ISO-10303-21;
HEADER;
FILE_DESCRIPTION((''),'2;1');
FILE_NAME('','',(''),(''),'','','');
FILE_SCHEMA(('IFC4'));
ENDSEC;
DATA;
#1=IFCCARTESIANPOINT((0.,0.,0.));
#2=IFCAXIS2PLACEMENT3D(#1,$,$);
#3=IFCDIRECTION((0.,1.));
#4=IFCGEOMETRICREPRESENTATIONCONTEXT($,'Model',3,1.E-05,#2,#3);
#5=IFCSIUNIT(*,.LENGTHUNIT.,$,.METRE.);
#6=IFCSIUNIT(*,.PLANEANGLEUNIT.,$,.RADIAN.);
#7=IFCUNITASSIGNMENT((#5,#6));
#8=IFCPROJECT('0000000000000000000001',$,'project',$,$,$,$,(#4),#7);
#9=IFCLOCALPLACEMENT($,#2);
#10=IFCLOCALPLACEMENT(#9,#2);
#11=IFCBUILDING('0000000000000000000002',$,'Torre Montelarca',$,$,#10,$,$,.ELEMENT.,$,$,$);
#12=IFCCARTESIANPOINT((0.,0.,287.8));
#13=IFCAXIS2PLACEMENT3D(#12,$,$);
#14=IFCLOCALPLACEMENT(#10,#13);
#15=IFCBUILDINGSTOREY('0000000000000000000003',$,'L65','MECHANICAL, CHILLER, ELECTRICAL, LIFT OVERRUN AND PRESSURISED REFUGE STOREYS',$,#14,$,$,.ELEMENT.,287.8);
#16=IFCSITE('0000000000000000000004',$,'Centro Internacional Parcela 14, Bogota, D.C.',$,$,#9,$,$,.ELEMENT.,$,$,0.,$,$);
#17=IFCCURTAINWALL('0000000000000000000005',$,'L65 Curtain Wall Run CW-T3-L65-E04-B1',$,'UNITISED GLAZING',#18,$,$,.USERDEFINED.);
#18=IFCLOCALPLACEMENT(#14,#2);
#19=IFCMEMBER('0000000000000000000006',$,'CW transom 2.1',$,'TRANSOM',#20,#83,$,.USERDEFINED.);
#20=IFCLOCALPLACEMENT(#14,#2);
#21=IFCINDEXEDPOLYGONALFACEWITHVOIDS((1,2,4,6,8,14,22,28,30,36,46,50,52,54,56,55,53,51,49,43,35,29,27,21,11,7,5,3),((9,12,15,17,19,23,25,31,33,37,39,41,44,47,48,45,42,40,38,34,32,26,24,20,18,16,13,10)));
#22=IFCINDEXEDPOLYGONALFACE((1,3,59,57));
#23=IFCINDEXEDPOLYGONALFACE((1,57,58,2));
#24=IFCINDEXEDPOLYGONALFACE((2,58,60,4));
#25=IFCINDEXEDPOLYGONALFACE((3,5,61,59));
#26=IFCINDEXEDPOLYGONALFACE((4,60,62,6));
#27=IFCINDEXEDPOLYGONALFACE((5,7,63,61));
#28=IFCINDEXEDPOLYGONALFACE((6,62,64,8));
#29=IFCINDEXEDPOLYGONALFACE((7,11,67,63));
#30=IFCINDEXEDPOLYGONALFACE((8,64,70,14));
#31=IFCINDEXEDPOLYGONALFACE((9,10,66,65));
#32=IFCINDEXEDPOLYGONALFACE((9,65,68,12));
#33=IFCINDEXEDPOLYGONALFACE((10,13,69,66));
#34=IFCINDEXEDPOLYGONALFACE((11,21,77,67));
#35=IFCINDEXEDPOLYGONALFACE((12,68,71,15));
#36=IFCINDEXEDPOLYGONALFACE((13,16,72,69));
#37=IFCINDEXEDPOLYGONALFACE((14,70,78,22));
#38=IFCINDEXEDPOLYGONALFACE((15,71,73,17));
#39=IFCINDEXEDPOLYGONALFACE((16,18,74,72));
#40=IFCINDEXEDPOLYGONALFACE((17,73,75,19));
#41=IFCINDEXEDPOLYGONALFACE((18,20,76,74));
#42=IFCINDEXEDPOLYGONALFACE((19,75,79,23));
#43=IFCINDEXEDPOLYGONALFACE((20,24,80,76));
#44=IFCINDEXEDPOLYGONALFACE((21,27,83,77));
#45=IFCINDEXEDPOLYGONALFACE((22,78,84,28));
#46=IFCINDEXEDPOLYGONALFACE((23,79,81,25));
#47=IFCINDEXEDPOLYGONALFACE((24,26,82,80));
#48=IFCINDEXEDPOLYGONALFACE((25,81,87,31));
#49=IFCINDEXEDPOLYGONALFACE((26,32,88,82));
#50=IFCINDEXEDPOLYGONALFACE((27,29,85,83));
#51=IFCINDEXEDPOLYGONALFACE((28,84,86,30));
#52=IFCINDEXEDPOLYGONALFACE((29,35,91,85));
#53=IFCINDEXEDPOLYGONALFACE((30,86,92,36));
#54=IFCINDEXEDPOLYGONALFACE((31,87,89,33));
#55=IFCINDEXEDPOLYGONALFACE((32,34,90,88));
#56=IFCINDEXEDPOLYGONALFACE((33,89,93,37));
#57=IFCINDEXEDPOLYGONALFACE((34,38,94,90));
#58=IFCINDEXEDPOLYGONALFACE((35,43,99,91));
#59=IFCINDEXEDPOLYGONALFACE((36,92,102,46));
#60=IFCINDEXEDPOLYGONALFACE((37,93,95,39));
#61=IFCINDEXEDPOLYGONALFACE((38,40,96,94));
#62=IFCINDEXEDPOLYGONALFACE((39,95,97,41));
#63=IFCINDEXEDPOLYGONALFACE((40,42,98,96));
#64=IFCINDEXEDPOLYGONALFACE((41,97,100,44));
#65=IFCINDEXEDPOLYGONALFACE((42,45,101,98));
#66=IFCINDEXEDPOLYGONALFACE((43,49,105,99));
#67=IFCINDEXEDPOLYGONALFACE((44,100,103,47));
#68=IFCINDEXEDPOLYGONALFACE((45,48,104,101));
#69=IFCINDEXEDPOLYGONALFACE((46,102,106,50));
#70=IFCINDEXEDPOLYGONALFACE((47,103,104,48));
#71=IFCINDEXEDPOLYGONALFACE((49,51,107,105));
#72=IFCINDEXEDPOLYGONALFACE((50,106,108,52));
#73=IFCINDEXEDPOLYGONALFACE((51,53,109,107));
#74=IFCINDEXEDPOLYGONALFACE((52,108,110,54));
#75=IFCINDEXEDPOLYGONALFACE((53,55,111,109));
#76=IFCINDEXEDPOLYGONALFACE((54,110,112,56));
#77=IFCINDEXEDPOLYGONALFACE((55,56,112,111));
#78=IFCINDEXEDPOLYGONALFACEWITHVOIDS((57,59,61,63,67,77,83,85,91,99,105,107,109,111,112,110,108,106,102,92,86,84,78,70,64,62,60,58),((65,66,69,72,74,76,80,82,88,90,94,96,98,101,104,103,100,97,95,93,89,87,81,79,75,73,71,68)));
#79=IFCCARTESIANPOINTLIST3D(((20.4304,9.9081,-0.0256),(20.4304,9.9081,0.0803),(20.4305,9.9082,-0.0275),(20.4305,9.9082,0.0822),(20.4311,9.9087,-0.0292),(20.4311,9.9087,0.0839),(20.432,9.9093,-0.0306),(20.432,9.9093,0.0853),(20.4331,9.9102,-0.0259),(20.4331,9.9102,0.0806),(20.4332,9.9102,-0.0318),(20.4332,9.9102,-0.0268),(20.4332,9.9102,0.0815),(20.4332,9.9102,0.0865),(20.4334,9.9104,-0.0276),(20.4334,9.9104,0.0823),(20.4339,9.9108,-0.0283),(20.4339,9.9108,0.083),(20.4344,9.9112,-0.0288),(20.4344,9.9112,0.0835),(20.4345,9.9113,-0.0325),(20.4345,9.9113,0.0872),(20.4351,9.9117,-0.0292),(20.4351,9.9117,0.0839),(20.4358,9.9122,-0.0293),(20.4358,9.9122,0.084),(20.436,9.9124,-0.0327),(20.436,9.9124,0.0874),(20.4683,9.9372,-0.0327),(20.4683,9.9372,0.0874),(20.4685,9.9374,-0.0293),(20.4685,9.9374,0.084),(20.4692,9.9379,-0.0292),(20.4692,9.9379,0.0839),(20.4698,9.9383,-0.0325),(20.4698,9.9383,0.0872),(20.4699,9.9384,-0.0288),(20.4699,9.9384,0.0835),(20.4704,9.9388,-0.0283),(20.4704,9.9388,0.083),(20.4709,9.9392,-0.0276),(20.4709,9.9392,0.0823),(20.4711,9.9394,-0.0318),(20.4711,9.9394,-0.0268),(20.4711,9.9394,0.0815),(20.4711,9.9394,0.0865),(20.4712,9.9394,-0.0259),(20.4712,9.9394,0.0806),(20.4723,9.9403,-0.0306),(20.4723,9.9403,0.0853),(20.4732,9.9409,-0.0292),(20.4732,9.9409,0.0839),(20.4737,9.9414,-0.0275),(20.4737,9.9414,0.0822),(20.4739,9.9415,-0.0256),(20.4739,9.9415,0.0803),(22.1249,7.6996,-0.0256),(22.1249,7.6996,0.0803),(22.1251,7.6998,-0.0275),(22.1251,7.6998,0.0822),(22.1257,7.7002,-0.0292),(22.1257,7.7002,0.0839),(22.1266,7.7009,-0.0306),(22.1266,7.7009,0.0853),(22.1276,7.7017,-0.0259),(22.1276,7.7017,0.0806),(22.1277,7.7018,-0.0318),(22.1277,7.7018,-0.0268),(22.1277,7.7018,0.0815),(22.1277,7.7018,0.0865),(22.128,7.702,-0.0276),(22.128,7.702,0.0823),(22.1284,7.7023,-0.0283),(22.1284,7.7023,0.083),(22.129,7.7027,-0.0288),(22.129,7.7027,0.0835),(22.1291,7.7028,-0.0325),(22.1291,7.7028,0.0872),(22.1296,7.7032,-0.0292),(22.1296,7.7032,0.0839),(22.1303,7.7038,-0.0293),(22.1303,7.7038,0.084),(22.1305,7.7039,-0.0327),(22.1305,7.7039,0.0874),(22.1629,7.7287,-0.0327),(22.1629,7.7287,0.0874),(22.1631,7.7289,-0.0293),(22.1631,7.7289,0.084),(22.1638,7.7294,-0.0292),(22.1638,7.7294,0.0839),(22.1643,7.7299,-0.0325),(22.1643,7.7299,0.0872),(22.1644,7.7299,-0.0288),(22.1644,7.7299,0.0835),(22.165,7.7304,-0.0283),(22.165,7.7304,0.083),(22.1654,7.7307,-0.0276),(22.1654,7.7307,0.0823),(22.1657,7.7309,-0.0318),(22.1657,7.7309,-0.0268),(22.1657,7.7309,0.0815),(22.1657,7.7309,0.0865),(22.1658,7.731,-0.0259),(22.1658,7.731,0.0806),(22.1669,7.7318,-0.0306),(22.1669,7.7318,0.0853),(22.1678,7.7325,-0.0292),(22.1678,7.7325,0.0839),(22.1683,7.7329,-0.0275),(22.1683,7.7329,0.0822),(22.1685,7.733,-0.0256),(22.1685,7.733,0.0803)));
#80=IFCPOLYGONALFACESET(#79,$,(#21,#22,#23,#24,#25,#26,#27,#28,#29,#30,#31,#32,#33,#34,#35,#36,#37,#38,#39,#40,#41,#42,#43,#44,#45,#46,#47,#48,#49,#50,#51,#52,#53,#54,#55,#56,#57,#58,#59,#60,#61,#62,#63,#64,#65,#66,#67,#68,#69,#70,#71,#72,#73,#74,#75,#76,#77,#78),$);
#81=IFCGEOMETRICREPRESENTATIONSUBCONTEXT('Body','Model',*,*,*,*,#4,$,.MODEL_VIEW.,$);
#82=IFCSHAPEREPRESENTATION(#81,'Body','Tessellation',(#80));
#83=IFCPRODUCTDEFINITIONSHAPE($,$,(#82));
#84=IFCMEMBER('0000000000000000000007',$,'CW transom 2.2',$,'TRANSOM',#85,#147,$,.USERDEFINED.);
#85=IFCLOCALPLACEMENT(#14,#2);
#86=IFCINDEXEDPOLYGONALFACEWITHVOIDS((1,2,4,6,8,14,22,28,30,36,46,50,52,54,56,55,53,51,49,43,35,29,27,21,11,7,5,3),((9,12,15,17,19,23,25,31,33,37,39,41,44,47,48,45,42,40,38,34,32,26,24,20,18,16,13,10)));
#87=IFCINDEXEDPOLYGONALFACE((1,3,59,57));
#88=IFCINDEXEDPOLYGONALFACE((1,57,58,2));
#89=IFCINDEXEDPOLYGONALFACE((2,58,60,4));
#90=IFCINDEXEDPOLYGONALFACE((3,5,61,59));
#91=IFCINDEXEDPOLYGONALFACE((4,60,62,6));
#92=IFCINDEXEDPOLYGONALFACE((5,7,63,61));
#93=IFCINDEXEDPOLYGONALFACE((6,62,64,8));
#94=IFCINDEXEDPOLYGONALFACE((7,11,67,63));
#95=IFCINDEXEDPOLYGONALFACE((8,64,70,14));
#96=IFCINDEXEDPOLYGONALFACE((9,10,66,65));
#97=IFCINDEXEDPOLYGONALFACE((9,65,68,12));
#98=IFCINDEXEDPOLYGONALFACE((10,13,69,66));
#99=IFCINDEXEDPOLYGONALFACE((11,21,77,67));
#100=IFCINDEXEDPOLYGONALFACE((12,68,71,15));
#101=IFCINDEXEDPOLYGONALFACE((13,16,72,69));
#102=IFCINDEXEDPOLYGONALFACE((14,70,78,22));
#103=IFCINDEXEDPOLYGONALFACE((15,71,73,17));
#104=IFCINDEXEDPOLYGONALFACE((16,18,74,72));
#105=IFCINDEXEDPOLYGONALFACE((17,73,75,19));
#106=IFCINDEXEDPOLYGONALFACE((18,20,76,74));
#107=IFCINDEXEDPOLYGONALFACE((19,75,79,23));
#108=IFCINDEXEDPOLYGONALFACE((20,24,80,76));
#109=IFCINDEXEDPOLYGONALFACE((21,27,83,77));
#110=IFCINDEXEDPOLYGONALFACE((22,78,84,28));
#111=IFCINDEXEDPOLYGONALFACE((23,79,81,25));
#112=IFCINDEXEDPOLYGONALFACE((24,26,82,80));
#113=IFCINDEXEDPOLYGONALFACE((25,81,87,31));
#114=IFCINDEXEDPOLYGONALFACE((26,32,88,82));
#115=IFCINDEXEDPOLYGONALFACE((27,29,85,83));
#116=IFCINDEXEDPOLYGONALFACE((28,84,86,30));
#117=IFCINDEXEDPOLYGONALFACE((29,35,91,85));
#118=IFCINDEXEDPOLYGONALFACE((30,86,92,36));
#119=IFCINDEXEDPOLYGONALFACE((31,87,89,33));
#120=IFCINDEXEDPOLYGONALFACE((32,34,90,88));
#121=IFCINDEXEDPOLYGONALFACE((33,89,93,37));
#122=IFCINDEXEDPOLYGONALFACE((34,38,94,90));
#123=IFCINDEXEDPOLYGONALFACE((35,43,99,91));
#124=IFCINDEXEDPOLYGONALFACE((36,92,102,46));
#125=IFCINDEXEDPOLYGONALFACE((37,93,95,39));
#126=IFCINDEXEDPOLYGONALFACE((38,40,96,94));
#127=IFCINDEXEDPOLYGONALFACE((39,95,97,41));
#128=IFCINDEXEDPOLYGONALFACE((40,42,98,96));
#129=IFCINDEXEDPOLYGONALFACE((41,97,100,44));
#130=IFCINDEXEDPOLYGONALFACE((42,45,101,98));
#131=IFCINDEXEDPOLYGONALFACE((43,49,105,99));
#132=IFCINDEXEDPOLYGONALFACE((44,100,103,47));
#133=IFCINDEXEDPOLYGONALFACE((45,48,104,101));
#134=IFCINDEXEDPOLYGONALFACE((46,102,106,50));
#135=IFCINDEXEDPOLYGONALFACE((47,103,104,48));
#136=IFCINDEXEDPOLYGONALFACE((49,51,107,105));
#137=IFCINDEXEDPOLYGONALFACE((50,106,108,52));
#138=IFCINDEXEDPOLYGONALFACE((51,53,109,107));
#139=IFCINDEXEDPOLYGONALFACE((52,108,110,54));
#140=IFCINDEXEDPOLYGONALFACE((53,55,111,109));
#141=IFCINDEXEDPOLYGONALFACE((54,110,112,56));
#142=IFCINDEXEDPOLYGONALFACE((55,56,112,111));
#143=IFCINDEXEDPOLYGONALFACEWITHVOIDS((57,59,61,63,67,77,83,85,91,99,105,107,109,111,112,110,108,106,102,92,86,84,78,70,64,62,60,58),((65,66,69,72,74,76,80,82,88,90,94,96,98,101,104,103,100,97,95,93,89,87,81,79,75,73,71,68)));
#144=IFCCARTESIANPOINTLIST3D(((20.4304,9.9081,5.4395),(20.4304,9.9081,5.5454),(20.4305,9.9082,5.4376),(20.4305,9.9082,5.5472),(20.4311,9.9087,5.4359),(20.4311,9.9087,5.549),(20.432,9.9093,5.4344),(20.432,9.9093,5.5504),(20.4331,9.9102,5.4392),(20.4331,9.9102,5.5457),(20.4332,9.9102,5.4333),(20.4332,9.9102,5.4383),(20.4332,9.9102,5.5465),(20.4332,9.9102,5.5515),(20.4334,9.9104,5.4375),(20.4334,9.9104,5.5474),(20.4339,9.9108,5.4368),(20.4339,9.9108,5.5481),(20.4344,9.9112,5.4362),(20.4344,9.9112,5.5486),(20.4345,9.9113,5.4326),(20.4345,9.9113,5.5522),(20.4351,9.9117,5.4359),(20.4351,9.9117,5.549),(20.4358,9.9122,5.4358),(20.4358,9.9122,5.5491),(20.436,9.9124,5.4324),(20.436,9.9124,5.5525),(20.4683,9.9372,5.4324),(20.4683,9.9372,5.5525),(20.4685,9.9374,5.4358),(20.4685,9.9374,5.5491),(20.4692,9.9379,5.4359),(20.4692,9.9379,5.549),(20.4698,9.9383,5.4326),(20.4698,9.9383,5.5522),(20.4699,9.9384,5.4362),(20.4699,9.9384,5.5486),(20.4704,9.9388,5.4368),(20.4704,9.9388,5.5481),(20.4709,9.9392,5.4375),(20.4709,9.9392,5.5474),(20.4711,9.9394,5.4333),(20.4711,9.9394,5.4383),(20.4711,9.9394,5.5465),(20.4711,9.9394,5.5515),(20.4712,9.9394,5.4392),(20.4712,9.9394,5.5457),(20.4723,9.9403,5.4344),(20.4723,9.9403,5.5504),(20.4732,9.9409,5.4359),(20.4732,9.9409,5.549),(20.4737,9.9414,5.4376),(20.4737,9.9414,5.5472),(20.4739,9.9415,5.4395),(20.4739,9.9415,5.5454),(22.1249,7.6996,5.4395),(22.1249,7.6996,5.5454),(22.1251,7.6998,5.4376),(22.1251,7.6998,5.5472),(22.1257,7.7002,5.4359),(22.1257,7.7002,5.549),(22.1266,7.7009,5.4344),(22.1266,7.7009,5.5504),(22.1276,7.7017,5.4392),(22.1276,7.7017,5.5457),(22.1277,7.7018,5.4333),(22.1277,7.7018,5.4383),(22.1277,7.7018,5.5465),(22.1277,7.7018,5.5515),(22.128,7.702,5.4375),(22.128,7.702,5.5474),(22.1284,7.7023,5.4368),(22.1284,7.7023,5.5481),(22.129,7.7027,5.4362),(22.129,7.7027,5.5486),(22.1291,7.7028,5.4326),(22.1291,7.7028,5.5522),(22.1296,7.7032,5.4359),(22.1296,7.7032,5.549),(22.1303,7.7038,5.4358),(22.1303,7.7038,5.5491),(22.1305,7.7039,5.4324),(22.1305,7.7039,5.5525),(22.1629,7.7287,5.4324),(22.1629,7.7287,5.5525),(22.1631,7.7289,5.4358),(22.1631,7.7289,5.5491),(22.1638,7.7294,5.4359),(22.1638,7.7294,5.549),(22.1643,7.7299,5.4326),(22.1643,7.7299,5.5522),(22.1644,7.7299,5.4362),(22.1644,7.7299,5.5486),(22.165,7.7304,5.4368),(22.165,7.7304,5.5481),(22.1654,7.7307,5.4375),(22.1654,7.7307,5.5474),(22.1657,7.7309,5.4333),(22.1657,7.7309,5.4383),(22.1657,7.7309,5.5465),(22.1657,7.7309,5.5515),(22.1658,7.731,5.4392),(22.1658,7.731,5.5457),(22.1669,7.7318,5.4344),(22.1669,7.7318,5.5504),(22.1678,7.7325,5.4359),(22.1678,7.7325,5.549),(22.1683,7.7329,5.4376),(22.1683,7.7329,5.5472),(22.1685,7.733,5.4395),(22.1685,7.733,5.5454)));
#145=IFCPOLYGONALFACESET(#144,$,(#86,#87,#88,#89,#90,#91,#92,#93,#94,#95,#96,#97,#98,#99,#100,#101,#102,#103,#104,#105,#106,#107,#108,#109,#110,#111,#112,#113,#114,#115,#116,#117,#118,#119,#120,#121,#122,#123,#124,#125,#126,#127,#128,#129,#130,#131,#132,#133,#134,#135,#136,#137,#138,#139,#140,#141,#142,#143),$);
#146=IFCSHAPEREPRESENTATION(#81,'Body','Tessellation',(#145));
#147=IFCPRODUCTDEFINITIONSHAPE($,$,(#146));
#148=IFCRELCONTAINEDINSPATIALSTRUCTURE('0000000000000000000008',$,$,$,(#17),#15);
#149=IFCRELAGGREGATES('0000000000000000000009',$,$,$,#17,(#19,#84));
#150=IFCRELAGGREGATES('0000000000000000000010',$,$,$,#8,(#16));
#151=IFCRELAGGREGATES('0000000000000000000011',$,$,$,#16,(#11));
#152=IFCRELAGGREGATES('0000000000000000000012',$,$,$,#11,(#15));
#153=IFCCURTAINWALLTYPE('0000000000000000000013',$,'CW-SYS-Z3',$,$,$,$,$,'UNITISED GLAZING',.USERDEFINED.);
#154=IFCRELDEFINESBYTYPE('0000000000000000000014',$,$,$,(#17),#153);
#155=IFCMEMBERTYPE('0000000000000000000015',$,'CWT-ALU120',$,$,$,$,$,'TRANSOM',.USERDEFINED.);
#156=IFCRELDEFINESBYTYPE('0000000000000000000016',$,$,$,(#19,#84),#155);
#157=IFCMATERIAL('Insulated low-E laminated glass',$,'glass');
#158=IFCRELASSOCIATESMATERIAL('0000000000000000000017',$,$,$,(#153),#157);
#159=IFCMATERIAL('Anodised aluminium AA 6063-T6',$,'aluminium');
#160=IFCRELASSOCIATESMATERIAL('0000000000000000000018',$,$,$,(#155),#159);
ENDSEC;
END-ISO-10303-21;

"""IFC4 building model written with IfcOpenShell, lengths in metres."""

from ifc_helpers import new_model, si_unit, direction, frame, origin, origin_2d, place, context, subcontext, project, spatial, hollow_rectangle, extrude, source, transform, mapped, material, material_profile, profile_set, type_object, element, aggregate, save


model = new_model("IFC4")

# Units and contexts
model_context = context("Model", 3, precision=1e-05, world=origin(), true_north=direction((0.0, 1.0)))
body_context = subcontext(model_context, "Body", "Model", "MODEL_VIEW")
ifc_project = project(units=[si_unit("LENGTHUNIT", "METRE"), si_unit("PLANEANGLEUNIT", "RADIAN")], contexts=[model_context])

# Site, building, storey
site_placement = place(None, origin())
site = spatial("IfcSite", under=ifc_project, at=site_placement, Name="Centro Internacional Parcela 14, Bogota, D.C.", CompositionType="ELEMENT", RefElevation=0.0)
building_placement = place(site_placement, origin())
building = spatial("IfcBuilding", under=site, at=building_placement, Name="Torre Montelarca", CompositionType="ELEMENT")
storey_placement = place(building_placement, frame((0.0, 0.0, 287.8)))
storey = spatial("IfcBuildingStorey", under=building, at=storey_placement, Name="L65", Description="MECHANICAL, CHILLER, ELECTRICAL, LIFT OVERRUN AND PRESSURISED REFUGE STOREYS", CompositionType="ELEMENT", Elevation=287.8)

# Curtain wall, members
ifc_material_1 = material(Name="Insulated low-E laminated glass", Category="glass")
curtain_wall_type = type_object("IfcCurtainWallType", Name="CW-SYS-Z3", ElementType="UNITISED GLAZING", PredefinedType="USERDEFINED", material=ifc_material_1)
ifc_material_2 = material(Name="Anodised aluminium AA 6063-T6", Category="aluminium")
ifc_material_profile_1 = material_profile(ifc_material_2, hollow_rectangle(XDim=0.0549, YDim=0.1201, WallThickness=0.0034, InnerFilletRadius=0.0034, OuterFilletRadius=0.0071, at=origin_2d()), Name="ALU55X120X3.5", Category="aluminium")
ifc_profile_set_1 = profile_set([ifc_material_profile_1], Name="Anodised aluminium AA 6063-T6")
member_type_1 = type_object("IfcMemberType", Name="CWT-ALU120", ElementType="TRANSOM", PredefinedType="USERDEFINED", material=ifc_profile_set_1)
curtain_wall_1_placement = place(storey_placement, origin())
curtain_wall_1 = element("IfcCurtainWall", 1, at=curtain_wall_1_placement, inside=storey, type_object=curtain_wall_type, Name="L65 Curtain Wall Run CW-T3-L65-E04-B1", ObjectType="UNITISED GLAZING", PredefinedType="USERDEFINED")
shared_shape_1 = source(origin(), body_context, "Body", "SweptSolid", [
    extrude(hollow_rectangle(XDim=0.0549, YDim=0.1201, WallThickness=0.0034, InnerFilletRadius=0.0034, OuterFilletRadius=0.0071, at=origin_2d()), origin(), (0.0, 0.0, 1.0), 2.7837),
])
member_1_placement = place(storey_placement, frame((20.4521, 9.9248, 0.0273), z_axis=(0.608748, -0.793364, 0.0), x_axis=(0.793364, 0.608748, 0.0)))
member_1 = element("IfcMember", 2, at=member_1_placement, type_object=member_type_1, Name="CW transom 2.1", ObjectType="TRANSOM", PredefinedType="USERDEFINED", context=body_context, shape_type="MappedRepresentation", body=[
    mapped(shared_shape_1, transform((0.0, 0.0, 0.0), scale=1.0)),
])
member_2_placement = place(storey_placement, frame((20.4521, 9.9248, 5.4924), z_axis=(0.608748, -0.793364, 0.0), x_axis=(0.793364, 0.608748, 0.0)))
member_2 = element("IfcMember", 3, at=member_2_placement, type_object=member_type_1, Name="CW transom 2.2", ObjectType="TRANSOM", PredefinedType="USERDEFINED", context=body_context, shape_type="MappedRepresentation", body=[
    mapped(shared_shape_1, transform((0.0, 0.0, 0.0), scale=1.0)),
])

aggregate(curtain_wall_1, [member_1, member_2])

save(model, "model.ifc")
